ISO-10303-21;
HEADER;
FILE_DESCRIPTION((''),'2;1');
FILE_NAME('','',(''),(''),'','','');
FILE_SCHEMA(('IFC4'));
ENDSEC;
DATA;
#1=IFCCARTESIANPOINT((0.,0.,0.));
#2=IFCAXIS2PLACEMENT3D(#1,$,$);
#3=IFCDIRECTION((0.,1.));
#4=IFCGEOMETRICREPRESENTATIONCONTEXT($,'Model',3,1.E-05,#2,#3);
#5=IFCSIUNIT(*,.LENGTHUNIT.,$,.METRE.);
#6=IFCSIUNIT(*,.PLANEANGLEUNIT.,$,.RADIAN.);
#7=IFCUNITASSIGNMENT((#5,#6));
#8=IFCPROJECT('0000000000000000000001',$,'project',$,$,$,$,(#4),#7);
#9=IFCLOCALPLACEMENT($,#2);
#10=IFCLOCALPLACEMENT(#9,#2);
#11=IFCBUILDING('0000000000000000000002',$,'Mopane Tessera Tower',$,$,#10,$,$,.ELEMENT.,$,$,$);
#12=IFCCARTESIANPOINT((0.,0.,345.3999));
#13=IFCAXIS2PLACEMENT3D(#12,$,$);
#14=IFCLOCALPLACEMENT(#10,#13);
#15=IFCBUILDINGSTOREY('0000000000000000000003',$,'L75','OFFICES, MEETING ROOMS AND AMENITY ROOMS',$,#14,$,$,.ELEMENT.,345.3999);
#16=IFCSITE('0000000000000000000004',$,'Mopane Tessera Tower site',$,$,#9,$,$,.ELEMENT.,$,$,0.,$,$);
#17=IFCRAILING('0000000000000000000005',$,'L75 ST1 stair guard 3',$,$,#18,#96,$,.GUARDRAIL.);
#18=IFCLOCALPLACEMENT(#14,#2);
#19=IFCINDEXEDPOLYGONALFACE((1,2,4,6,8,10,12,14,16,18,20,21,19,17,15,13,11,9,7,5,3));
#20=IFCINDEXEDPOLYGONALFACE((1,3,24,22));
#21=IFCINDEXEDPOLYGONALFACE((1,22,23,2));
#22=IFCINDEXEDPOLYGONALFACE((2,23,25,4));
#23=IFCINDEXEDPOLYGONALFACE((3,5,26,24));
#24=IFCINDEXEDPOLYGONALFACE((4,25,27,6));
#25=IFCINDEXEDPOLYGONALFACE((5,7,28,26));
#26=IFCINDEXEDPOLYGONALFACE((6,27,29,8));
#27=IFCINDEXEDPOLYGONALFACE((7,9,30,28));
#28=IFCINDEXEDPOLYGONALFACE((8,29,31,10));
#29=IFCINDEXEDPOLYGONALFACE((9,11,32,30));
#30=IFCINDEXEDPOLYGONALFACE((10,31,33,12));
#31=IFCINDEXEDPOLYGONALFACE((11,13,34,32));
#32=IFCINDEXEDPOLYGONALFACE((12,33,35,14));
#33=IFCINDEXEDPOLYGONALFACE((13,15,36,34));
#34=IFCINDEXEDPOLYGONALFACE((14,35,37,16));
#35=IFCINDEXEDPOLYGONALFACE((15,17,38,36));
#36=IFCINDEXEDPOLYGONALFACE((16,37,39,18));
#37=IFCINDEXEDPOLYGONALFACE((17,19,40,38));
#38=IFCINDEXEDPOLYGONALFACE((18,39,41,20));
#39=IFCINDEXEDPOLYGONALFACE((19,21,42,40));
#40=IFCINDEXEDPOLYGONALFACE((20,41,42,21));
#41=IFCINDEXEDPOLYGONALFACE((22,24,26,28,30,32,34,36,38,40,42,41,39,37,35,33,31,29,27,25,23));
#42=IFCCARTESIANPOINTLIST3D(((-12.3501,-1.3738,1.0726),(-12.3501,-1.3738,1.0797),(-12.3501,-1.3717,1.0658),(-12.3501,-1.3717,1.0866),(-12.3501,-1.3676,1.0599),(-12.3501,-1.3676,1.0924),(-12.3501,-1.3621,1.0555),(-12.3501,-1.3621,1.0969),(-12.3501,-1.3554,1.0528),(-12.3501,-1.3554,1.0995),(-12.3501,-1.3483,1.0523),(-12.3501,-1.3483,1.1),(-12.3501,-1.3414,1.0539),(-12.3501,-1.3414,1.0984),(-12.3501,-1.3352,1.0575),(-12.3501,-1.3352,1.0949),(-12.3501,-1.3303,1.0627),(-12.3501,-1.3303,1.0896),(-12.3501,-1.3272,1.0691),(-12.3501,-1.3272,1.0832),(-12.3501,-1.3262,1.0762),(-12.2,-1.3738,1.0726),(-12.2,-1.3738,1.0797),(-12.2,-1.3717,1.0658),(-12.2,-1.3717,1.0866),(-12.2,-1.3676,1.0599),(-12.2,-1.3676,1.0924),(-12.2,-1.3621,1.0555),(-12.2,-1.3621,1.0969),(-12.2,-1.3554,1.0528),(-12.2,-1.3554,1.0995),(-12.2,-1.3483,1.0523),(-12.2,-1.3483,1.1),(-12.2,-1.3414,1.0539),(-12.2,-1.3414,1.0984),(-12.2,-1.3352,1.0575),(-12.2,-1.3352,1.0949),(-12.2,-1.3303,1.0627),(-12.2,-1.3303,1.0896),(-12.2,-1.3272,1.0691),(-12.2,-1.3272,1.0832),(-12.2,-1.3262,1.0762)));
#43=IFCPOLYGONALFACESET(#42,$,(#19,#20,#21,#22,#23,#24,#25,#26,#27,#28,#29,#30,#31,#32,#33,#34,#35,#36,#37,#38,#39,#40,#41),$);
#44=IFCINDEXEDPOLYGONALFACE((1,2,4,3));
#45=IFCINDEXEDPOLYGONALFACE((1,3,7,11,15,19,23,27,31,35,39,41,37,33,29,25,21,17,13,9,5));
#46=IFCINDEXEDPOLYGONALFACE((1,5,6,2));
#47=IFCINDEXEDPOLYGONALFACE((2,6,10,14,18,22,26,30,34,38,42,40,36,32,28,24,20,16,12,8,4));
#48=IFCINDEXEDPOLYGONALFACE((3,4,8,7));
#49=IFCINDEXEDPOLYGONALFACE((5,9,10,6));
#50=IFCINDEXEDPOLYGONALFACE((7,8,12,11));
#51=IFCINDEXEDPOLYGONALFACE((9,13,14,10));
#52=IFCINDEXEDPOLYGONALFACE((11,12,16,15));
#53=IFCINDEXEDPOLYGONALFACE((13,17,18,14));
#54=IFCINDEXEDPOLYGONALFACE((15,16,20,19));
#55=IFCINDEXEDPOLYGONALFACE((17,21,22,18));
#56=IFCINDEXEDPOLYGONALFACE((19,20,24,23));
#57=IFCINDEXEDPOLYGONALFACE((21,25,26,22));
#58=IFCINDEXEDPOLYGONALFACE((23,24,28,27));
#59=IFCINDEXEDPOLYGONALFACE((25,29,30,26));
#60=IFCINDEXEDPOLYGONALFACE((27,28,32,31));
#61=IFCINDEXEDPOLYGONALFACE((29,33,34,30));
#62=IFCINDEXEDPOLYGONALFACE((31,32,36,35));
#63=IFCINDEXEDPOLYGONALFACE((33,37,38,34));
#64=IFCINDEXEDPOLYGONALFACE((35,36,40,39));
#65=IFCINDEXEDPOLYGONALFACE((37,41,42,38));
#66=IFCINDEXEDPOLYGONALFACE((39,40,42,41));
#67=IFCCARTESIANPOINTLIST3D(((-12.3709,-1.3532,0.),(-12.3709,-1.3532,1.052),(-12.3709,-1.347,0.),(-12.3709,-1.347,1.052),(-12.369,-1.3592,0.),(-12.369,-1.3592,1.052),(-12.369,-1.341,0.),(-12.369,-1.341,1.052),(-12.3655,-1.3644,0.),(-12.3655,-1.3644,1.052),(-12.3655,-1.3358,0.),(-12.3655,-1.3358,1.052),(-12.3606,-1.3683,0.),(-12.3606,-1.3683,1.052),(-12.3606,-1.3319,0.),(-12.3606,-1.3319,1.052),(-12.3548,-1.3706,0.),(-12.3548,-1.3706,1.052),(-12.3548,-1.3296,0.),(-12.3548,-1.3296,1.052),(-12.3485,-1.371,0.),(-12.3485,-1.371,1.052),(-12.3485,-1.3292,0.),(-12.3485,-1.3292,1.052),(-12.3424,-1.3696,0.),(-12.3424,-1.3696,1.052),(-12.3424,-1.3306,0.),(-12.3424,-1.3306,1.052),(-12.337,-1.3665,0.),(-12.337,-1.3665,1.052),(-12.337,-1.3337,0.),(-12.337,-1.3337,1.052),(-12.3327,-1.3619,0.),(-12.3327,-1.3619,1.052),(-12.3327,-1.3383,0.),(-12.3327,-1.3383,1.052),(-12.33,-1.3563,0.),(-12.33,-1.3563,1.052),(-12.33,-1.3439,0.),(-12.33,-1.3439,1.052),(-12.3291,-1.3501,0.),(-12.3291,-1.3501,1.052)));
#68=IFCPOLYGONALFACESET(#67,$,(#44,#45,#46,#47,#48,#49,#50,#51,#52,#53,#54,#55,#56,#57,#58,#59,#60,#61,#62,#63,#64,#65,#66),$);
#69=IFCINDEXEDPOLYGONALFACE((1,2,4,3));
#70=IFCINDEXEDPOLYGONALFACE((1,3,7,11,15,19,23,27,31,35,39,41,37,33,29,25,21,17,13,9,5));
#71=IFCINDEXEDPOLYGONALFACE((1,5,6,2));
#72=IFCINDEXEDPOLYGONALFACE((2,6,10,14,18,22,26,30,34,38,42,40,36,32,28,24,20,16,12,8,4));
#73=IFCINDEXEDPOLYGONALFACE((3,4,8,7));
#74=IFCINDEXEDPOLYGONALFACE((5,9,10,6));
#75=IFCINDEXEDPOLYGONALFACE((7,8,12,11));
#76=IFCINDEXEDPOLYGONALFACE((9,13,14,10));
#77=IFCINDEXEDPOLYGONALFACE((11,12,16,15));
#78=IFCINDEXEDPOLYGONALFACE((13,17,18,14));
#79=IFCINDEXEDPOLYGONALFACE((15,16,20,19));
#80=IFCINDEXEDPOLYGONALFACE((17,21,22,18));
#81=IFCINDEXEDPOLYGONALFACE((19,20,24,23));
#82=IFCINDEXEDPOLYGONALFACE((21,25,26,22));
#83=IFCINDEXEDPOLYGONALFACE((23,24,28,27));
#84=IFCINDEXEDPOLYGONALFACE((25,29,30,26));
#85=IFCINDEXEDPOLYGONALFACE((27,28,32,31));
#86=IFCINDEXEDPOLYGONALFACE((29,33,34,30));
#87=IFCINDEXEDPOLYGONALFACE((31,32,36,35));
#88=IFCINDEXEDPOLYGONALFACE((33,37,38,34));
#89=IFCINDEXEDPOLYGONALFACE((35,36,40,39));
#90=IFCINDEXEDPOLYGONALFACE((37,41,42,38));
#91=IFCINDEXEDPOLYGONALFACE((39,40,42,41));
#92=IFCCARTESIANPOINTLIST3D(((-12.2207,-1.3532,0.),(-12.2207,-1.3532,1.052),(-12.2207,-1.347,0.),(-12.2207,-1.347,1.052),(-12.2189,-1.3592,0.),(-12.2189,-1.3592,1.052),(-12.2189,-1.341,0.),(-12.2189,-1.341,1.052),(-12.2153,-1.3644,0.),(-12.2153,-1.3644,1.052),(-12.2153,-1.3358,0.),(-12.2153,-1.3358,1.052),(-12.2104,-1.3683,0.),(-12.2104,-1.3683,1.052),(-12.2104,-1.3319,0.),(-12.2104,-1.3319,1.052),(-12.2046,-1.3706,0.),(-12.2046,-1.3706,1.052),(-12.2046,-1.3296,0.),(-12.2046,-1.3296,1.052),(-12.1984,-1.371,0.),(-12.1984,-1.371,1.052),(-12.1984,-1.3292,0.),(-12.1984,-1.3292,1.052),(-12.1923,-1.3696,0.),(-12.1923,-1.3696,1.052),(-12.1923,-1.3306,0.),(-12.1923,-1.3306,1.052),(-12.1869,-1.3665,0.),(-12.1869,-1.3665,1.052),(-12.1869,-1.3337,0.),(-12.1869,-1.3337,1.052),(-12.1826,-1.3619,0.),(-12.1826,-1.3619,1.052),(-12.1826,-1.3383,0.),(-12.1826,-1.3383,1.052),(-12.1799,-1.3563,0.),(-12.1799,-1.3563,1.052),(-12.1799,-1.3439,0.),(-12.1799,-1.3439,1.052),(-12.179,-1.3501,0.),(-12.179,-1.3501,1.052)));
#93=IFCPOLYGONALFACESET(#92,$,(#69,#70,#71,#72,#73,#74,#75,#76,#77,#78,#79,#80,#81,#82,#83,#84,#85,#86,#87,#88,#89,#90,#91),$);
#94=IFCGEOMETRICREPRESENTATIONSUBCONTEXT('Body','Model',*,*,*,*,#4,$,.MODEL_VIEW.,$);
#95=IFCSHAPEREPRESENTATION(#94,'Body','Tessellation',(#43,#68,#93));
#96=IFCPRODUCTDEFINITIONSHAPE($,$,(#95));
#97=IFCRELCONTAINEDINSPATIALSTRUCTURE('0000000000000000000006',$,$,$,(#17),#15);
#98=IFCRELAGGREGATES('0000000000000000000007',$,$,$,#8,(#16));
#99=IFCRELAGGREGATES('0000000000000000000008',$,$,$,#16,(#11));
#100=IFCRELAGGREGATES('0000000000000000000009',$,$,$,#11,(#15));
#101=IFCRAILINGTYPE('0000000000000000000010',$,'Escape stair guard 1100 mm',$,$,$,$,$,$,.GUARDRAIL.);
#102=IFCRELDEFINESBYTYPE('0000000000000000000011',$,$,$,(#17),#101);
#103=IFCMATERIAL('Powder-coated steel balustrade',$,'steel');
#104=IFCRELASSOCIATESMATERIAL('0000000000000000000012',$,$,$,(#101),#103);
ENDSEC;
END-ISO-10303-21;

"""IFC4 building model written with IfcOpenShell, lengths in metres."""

from ifc_helpers import new_model, si_unit, direction, frame, origin, origin_2d, place, context, subcontext, project, spatial, circle, extrude, material, type_object, element, save


model = new_model("IFC4")

# Units and contexts
model_context = context("Model", 3, precision=1e-05, world=origin(), true_north=direction((0.0, 1.0)))
body_context = subcontext(model_context, "Body", "Model", "MODEL_VIEW")
ifc_project = project(units=[si_unit("LENGTHUNIT", "METRE"), si_unit("PLANEANGLEUNIT", "RADIAN")], contexts=[model_context])

# Site, building, storey
site_placement = place(None, origin())
site = spatial("IfcSite", under=ifc_project, at=site_placement, Name="Mopane Tessera Tower site", CompositionType="ELEMENT", RefElevation=0.0)
building_placement = place(site_placement, origin())
building = spatial("IfcBuilding", under=site, at=building_placement, Name="Mopane Tessera Tower", CompositionType="ELEMENT")
storey_placement = place(building_placement, frame((0.0, 0.0, 345.3999)))
storey = spatial("IfcBuildingStorey", under=building, at=storey_placement, Name="L75", Description="OFFICES, MEETING ROOMS AND AMENITY ROOMS", CompositionType="ELEMENT", Elevation=345.3999)

# Railing
ifc_material_1 = material(Name="Powder-coated steel balustrade", Category="steel")
railing_type_1 = type_object("IfcRailingType", Name="Escape stair guard 1100 mm", PredefinedType="GUARDRAIL", material=ifc_material_1)
railing_1_placement = place(storey_placement, frame((-12.3501, -1.3501, 0.0)))
element("IfcRailing", 1, at=railing_1_placement, inside=storey, type_object=railing_type_1, Name="L75 ST1 stair guard 3", PredefinedType="GUARDRAIL", context=body_context, shape_type="SweptSolid", body=[
    extrude(circle(Radius=0.0239, at=origin_2d()), frame((0.0, 0.0, 1.0762), z_axis=(1.0, 0.0, 0.0), x_axis=(0.0, 1.0, 0.0)), (0.0, 0.0, 1.0), 0.1501),
    extrude(circle(Radius=0.021, at=origin_2d()), origin(), (0.0, 0.0, 1.0), 1.052),
    extrude(circle(Radius=0.021, at=origin_2d()), frame((0.1501, 0.0, 0.0)), (0.0, 0.0, 1.0), 1.052),
])

save(model, "model.ifc")
